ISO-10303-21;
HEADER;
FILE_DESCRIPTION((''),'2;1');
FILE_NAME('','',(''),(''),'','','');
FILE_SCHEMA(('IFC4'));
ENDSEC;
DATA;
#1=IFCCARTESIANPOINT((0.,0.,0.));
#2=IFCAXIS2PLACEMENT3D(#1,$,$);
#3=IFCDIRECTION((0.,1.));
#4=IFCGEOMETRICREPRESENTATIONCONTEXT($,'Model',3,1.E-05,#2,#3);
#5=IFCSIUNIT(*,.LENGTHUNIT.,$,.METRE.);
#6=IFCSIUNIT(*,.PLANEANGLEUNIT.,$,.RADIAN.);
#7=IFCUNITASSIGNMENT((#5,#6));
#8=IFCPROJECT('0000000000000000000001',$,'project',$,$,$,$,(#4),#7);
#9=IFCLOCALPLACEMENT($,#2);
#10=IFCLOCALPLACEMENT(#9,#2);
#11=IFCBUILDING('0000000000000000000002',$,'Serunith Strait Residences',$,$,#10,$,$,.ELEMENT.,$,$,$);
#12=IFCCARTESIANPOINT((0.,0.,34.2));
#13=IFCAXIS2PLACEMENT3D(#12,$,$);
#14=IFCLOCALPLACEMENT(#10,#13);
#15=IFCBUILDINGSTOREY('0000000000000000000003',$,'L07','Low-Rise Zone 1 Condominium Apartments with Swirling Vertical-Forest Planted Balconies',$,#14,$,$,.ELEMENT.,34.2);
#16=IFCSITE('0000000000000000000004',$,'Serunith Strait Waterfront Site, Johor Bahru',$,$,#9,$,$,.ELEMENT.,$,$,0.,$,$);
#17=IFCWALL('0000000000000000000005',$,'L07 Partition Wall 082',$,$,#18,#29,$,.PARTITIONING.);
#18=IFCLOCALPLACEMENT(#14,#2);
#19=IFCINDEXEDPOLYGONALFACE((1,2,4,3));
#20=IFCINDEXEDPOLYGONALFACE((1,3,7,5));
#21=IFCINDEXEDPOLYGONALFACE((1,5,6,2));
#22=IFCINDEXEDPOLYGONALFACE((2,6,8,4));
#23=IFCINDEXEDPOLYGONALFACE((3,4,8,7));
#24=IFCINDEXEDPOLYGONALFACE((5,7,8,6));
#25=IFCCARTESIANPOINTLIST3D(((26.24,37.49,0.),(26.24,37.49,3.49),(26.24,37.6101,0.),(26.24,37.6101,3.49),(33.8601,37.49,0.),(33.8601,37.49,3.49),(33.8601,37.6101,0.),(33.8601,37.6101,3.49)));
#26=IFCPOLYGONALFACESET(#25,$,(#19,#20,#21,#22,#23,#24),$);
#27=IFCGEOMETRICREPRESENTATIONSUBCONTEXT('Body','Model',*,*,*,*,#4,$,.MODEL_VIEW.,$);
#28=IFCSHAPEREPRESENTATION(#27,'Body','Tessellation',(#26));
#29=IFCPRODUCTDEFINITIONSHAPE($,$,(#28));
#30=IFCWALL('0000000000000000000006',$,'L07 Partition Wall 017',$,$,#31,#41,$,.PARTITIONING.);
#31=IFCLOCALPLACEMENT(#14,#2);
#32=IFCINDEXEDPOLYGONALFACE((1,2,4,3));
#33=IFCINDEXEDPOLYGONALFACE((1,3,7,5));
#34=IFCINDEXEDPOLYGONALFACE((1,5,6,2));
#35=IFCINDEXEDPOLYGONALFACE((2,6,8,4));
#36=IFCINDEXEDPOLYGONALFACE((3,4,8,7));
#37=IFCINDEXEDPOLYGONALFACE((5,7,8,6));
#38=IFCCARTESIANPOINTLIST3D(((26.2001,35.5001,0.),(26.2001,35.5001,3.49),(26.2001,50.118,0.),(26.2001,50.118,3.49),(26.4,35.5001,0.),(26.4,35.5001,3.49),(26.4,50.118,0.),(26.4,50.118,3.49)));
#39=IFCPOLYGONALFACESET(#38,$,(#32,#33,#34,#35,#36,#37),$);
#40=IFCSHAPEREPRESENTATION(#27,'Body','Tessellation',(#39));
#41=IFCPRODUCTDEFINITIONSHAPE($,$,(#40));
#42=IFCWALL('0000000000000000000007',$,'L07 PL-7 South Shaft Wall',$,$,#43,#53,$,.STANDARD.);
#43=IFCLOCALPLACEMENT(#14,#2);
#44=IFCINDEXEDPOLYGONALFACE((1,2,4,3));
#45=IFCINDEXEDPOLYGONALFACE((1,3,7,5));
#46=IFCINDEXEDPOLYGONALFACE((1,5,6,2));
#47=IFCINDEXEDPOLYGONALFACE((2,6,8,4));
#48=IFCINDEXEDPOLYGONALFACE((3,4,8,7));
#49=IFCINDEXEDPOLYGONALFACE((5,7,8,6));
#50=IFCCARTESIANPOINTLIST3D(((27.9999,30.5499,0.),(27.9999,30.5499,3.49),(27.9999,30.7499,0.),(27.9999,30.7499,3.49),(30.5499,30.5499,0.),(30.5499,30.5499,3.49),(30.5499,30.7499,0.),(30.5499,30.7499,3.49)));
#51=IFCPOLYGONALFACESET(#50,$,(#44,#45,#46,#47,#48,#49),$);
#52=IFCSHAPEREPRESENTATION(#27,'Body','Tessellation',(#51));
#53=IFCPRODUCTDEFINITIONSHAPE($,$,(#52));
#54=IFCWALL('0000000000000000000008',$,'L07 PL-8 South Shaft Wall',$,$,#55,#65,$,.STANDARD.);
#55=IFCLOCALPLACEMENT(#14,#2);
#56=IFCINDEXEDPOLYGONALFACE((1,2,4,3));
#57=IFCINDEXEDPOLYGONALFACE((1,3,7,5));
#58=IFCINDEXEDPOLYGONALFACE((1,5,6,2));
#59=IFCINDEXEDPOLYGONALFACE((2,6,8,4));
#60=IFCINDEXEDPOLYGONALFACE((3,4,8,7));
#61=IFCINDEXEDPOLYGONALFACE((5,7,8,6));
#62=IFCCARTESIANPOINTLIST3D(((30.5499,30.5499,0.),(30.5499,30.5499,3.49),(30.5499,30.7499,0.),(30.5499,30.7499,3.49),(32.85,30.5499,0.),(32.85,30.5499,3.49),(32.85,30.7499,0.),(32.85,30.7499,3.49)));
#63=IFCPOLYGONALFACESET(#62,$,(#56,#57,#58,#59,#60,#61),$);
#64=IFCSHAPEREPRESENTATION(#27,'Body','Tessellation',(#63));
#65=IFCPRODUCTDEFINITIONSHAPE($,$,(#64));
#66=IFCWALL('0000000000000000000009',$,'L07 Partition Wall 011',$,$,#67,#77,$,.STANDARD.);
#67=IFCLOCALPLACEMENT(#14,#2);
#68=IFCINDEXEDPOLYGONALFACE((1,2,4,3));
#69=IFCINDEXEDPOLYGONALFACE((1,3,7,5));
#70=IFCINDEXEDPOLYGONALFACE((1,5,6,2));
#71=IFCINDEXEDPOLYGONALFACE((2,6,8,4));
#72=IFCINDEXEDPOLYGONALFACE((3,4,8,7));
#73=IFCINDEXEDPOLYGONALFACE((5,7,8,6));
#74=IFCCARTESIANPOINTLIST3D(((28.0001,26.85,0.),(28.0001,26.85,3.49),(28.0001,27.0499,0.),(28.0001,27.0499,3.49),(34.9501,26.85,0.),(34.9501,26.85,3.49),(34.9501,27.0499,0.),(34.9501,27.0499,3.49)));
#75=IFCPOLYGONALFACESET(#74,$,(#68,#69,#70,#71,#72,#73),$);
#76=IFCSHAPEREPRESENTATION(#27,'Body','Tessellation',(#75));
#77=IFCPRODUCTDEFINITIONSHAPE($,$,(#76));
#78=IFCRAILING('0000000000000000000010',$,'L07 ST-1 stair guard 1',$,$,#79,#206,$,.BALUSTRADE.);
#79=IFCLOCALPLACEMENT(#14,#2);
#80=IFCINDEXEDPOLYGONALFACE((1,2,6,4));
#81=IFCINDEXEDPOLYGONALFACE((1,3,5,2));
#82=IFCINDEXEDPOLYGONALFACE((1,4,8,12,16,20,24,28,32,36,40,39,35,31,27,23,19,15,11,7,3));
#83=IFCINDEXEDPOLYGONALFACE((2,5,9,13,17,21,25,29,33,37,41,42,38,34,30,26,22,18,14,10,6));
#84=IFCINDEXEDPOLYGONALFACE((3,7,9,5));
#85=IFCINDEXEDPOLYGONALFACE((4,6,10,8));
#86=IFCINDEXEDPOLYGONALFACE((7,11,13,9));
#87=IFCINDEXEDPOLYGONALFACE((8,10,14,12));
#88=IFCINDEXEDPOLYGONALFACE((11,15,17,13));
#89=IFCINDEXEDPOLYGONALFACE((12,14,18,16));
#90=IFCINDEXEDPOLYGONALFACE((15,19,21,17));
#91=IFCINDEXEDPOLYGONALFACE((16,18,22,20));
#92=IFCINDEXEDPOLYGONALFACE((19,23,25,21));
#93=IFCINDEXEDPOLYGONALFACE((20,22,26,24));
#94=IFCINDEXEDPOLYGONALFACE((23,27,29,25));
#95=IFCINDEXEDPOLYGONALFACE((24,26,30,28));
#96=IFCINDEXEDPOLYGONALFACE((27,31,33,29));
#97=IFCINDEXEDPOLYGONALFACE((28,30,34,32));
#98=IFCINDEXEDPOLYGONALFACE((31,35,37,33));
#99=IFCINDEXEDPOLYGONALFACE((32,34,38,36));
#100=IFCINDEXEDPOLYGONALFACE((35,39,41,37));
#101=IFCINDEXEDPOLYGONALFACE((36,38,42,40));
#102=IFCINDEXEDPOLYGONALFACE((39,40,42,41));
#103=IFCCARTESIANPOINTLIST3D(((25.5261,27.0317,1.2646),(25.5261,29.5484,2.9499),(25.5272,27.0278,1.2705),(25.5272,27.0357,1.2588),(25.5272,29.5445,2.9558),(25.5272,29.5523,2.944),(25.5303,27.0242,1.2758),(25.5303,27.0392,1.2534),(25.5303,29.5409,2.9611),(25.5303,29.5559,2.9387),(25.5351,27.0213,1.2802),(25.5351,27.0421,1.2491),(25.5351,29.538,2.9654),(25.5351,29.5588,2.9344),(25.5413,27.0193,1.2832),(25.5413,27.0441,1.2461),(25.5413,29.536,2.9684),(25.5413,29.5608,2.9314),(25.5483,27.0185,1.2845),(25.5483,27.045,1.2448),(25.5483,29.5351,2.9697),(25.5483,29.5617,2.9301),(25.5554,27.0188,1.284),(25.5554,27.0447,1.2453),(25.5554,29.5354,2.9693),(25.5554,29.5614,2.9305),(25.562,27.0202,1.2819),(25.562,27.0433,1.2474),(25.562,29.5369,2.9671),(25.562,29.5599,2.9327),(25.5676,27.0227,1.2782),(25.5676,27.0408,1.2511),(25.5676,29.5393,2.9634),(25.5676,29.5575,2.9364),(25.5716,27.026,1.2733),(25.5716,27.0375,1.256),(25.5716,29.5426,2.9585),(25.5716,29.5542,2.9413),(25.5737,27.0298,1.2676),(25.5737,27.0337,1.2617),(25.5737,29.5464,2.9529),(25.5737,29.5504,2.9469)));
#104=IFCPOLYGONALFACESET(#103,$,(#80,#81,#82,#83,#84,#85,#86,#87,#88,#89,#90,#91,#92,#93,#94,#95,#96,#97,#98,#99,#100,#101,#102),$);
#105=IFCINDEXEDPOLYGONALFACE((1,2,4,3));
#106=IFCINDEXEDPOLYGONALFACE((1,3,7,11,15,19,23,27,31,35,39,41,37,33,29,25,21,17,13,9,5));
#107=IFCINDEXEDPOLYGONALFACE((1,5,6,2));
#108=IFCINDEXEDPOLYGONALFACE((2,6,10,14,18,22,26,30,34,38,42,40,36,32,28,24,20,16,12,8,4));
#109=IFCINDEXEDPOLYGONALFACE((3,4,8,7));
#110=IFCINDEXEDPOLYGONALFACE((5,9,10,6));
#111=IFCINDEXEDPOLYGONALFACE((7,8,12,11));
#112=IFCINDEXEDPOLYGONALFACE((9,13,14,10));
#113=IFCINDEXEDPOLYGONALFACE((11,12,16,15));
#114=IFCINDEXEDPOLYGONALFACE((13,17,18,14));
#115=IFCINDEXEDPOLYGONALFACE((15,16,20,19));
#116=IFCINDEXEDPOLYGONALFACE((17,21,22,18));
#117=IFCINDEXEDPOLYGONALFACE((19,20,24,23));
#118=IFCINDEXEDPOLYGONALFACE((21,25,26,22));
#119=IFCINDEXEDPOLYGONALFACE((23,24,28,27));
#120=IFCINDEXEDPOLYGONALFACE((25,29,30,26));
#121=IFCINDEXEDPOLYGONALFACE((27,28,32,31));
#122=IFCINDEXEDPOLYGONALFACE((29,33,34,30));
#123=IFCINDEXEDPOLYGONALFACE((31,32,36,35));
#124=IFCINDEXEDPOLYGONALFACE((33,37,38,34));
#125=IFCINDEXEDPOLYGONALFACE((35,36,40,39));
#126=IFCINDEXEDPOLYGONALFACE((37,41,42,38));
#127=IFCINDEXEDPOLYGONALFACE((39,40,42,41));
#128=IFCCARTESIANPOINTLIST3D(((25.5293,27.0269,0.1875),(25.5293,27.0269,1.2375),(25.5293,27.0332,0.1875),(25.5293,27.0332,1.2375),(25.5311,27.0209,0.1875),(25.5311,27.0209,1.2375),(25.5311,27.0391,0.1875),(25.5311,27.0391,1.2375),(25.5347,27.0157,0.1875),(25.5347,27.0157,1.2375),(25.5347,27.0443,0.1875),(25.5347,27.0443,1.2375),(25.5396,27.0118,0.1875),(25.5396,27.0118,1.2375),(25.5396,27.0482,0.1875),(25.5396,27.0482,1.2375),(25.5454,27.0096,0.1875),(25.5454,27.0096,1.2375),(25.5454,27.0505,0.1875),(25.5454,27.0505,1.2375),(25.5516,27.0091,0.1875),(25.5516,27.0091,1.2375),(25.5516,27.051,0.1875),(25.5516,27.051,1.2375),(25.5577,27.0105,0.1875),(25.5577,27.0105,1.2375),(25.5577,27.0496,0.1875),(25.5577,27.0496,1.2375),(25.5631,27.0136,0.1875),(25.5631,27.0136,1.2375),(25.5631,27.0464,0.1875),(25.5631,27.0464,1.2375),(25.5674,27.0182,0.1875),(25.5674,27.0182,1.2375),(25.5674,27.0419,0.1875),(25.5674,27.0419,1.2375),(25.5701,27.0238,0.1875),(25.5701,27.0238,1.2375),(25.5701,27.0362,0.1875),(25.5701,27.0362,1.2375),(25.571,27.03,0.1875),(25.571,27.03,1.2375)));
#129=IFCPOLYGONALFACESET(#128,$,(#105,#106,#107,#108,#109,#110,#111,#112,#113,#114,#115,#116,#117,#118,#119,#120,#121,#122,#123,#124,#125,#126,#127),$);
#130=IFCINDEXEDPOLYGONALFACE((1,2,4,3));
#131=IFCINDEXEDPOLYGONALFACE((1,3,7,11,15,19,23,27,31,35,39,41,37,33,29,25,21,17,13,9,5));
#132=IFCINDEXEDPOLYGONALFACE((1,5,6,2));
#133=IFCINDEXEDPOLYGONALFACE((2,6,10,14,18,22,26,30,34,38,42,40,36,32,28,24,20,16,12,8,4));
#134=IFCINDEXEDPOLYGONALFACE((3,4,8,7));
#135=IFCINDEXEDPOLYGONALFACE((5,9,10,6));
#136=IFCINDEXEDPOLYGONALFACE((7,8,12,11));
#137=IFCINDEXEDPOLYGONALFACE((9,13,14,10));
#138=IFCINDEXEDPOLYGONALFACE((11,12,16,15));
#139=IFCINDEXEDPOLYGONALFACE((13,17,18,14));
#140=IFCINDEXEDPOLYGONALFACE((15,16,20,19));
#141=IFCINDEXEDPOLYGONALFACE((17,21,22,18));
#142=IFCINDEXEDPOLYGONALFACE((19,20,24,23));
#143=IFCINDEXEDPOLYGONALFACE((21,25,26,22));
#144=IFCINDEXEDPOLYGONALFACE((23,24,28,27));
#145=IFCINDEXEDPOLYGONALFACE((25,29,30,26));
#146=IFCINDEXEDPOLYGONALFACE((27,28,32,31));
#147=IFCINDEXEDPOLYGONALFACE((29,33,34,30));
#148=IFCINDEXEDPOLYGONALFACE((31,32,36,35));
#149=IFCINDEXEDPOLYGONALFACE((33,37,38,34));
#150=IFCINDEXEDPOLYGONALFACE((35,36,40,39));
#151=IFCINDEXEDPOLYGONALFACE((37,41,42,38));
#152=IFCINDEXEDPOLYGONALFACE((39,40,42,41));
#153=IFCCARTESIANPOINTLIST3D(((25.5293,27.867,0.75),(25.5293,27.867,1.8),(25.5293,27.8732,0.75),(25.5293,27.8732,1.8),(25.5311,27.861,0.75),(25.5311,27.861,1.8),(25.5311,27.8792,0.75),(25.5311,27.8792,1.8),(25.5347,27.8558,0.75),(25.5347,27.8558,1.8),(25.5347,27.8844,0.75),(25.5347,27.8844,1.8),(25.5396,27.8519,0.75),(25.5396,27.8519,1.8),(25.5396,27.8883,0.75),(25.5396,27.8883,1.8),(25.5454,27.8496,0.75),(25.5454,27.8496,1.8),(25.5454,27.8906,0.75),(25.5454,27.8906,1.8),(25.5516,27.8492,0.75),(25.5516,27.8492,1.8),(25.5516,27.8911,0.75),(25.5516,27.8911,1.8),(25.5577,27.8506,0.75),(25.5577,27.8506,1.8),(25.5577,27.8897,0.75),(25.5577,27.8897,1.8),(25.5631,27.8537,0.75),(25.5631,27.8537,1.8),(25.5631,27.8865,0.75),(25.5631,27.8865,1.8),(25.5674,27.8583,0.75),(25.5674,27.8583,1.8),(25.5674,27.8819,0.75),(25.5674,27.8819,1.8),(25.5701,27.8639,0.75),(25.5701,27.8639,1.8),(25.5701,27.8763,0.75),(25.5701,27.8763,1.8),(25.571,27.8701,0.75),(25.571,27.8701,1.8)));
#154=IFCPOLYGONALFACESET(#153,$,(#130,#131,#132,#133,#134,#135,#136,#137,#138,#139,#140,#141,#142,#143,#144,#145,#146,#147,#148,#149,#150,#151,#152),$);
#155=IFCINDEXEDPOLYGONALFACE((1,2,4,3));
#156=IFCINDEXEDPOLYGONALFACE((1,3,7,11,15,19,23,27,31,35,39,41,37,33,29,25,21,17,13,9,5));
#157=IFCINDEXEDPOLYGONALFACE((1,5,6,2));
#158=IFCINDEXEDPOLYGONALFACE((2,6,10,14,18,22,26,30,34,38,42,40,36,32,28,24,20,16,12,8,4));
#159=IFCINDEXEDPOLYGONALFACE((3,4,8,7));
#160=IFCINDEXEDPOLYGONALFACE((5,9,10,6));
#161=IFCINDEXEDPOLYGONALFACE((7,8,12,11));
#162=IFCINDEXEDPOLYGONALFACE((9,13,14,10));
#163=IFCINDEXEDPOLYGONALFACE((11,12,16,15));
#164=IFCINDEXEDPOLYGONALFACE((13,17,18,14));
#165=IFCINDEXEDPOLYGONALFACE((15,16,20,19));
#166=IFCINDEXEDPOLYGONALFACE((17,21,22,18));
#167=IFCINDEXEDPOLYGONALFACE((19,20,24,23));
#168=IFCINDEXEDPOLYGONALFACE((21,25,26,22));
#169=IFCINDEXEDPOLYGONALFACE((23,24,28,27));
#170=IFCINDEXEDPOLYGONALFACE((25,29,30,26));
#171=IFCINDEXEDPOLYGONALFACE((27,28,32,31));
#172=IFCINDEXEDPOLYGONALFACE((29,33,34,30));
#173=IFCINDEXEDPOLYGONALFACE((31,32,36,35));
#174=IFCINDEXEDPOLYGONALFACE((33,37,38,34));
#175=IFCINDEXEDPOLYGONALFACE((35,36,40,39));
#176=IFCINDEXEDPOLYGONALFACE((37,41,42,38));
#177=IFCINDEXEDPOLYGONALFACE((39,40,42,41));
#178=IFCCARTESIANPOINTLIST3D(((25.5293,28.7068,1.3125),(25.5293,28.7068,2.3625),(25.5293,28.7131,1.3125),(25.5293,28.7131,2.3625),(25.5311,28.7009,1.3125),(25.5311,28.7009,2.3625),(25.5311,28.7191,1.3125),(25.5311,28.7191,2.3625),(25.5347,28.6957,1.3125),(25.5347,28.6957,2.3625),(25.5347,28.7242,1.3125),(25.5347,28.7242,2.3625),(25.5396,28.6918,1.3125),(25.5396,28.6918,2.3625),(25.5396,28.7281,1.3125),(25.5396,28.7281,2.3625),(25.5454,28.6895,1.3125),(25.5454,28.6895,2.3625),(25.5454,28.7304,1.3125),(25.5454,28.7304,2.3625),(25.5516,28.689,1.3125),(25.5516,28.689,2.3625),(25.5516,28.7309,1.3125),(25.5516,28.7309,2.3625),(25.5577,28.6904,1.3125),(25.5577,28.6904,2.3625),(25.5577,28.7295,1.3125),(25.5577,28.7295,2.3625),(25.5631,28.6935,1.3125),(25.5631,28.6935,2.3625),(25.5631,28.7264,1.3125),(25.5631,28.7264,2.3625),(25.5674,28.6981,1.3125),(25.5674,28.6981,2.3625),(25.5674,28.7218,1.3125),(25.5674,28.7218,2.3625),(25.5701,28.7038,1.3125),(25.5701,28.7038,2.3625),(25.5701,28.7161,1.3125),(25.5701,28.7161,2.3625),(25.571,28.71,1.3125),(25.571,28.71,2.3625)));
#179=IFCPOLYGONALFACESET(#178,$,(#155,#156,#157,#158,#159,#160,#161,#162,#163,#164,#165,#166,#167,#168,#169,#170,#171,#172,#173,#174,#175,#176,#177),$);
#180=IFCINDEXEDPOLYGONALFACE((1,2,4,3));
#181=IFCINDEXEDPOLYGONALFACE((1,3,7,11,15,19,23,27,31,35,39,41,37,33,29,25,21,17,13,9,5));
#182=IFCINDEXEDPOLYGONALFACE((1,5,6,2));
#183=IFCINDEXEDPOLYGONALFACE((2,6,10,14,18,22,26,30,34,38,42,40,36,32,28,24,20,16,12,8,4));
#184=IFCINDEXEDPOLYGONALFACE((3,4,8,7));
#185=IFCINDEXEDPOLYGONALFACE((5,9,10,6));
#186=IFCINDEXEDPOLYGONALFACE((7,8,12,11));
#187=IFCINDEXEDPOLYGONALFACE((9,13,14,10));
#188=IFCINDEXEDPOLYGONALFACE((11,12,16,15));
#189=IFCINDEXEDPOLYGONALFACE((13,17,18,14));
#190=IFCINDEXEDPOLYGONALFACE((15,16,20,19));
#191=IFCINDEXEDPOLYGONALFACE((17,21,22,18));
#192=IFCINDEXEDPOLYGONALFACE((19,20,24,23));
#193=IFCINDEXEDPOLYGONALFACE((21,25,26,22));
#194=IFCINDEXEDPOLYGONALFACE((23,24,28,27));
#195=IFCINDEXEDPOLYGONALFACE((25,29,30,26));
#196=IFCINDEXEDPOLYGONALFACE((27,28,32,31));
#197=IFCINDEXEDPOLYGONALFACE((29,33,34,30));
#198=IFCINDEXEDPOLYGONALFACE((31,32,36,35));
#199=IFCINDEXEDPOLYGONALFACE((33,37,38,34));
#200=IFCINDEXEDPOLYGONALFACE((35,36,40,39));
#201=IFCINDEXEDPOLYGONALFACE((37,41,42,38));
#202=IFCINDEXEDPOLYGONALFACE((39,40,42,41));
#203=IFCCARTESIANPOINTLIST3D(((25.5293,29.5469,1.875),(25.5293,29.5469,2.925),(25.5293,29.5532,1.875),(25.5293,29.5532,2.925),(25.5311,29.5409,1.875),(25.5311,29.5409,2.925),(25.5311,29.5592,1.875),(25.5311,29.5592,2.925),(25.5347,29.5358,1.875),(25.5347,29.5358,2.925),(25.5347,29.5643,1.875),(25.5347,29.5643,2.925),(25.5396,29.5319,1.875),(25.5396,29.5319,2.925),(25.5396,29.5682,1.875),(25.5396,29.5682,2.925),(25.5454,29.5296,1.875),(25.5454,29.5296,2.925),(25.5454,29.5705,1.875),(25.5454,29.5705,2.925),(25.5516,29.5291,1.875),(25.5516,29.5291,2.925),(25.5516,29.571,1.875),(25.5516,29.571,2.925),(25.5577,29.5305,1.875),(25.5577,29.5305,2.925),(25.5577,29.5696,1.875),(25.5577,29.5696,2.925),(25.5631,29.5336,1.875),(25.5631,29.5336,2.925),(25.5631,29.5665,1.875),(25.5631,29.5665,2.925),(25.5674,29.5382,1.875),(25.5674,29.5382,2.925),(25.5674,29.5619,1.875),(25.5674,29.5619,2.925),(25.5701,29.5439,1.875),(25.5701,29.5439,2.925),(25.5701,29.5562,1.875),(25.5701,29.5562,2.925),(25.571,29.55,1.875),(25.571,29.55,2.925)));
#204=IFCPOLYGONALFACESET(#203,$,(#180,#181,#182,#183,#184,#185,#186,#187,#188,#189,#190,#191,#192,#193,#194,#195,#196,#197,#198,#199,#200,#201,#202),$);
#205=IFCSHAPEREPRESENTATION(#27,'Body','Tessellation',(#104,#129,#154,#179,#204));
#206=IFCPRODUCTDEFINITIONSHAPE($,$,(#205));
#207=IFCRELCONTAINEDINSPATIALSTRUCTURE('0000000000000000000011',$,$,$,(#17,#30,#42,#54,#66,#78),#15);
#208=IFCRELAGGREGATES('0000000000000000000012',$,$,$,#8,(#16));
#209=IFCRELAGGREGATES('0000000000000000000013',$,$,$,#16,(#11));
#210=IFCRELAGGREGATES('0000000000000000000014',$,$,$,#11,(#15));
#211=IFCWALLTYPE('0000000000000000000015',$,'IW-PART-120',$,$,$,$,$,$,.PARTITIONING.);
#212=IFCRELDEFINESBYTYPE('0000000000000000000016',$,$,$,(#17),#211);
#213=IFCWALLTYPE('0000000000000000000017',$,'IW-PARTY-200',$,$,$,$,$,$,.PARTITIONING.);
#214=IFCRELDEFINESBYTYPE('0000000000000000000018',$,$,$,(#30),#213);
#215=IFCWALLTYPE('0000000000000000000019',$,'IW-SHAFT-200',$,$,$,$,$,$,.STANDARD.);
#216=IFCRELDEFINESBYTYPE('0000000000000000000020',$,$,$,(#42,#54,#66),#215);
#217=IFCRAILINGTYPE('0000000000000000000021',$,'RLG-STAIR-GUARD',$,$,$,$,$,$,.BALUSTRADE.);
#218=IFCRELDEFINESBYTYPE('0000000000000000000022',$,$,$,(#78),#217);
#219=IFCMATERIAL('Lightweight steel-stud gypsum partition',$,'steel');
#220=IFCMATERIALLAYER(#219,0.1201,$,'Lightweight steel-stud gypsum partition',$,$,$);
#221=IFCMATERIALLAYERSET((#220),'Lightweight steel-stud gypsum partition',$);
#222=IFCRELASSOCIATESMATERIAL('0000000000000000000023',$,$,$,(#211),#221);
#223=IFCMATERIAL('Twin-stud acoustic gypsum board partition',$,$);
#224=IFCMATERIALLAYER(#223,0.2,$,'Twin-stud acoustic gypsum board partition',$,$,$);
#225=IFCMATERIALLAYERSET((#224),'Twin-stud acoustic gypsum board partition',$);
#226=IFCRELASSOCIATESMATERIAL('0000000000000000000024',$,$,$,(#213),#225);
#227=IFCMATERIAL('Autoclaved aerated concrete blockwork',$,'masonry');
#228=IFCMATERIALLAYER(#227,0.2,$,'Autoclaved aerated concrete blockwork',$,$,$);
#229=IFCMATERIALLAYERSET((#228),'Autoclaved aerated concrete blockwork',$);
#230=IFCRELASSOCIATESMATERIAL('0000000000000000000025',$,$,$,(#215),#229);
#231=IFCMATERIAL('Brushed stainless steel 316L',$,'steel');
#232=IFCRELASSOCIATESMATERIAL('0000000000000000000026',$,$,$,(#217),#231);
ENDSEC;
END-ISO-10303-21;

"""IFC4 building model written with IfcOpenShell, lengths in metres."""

from ifc_helpers import new_model, si_unit, direction, frame, frame_2d, origin, origin_2d, place, context, subcontext, project, spatial, rectangle, circle, extrude, material, layer, layer_set, type_object, element, save


model = new_model("IFC4")

# Units and contexts
model_context = context("Model", 3, precision=1e-05, world=origin(), true_north=direction((0.0, 1.0)))
body_context = subcontext(model_context, "Body", "Model", "MODEL_VIEW")
ifc_project = project(units=[si_unit("LENGTHUNIT", "METRE"), si_unit("PLANEANGLEUNIT", "RADIAN")], contexts=[model_context])

# Site, building, storey
site_placement = place(None, origin())
site = spatial("IfcSite", under=ifc_project, at=site_placement, Name="Serunith Strait Waterfront Site, Johor Bahru", CompositionType="ELEMENT", RefElevation=0.0)
building_placement = place(site_placement, origin())
building = spatial("IfcBuilding", under=site, at=building_placement, Name="Serunith Strait Residences", CompositionType="ELEMENT")
storey_placement = place(building_placement, frame((0.0, 0.0, 34.2)))
storey = spatial("IfcBuildingStorey", under=building, at=storey_placement, Name="L07", Description="Low-Rise Zone 1 Condominium Apartments with Swirling Vertical-Forest Planted Balconies", CompositionType="ELEMENT", Elevation=34.2)

# Walls
ifc_material_1 = material(Name="Lightweight steel-stud gypsum partition", Category="steel")
ifc_layer_1 = layer(ifc_material_1, 0.1201, Name="Lightweight steel-stud gypsum partition")
ifc_layer_set_1 = layer_set([ifc_layer_1], Name="Lightweight steel-stud gypsum partition")
wall_type_1 = type_object("IfcWallType", Name="IW-PART-120", PredefinedType="PARTITIONING", material=ifc_layer_set_1)
wall_1_placement = place(storey_placement, frame((26.24, 37.55, 0.0), z_axis=(0.0, 0.0, 1.0), x_axis=(1.0, 0.0, 0.0)))
element("IfcWall", 1, at=wall_1_placement, inside=storey, type_object=wall_type_1, Name="L07 Partition Wall 082", PredefinedType="PARTITIONING", context=body_context, shape_type="SweptSolid", body=[
    extrude(rectangle(XDim=7.6201, YDim=0.1201, at=frame_2d((3.8101, 0.0))), origin(), (0.0, 0.0, 1.0), 3.49),
])
ifc_material_2 = material(Name="Twin-stud acoustic gypsum board partition")
ifc_layer_2 = layer(ifc_material_2, 0.2, Name="Twin-stud acoustic gypsum board partition")
ifc_layer_set_2 = layer_set([ifc_layer_2], Name="Twin-stud acoustic gypsum board partition")
wall_type_2 = type_object("IfcWallType", Name="IW-PARTY-200", PredefinedType="PARTITIONING", material=ifc_layer_set_2)
wall_2_placement = place(storey_placement, frame((26.3, 35.5, 0.0), z_axis=(0.0, 0.0, 1.0), x_axis=(0.0, 1.0, 0.0)))
element("IfcWall", 2, at=wall_2_placement, inside=storey, type_object=wall_type_2, Name="L07 Partition Wall 017", PredefinedType="PARTITIONING", context=body_context, shape_type="SweptSolid", body=[
    extrude(rectangle(XDim=14.6179, YDim=0.2, at=frame_2d((7.3091, 0.0))), origin(), (0.0, 0.0, 1.0), 3.49),
])
ifc_material_3 = material(Name="Autoclaved aerated concrete blockwork", Category="masonry")
ifc_layer_3 = layer(ifc_material_3, 0.2, Name="Autoclaved aerated concrete blockwork")
ifc_layer_set_3 = layer_set([ifc_layer_3], Name="Autoclaved aerated concrete blockwork")
wall_type_3 = type_object("IfcWallType", Name="IW-SHAFT-200", PredefinedType="STANDARD", material=ifc_layer_set_3)
wall_3_placement = place(storey_placement, frame((28.0, 30.6499, 0.0), z_axis=(0.0, 0.0, 1.0), x_axis=(1.0, 0.0, 0.0)))
element("IfcWall", 3, at=wall_3_placement, inside=storey, type_object=wall_type_3, Name="L07 PL-7 South Shaft Wall", PredefinedType="STANDARD", context=body_context, shape_type="SweptSolid", body=[
    extrude(rectangle(XDim=2.55, YDim=0.2, at=frame_2d((1.2749, 0.0))), origin(), (0.0, 0.0, 1.0), 3.49),
])
wall_4_placement = place(storey_placement, frame((30.55, 30.6499, 0.0), z_axis=(0.0, 0.0, 1.0), x_axis=(1.0, 0.0, 0.0)))
element("IfcWall", 4, at=wall_4_placement, inside=storey, type_object=wall_type_3, Name="L07 PL-8 South Shaft Wall", PredefinedType="STANDARD", context=body_context, shape_type="SweptSolid", body=[
    extrude(rectangle(XDim=2.3, YDim=0.2, at=frame_2d((1.1499, 0.0))), origin(), (0.0, 0.0, 1.0), 3.49),
])
wall_5_placement = place(storey_placement, frame((28.0, 26.95, 0.0), z_axis=(0.0, 0.0, 1.0), x_axis=(1.0, 0.0, 0.0)))
element("IfcWall", 5, at=wall_5_placement, inside=storey, type_object=wall_type_3, Name="L07 Partition Wall 011", PredefinedType="STANDARD", context=body_context, shape_type="SweptSolid", body=[
    extrude(rectangle(XDim=6.95, YDim=0.2, at=frame_2d((3.4751, 0.0))), origin(), (0.0, 0.0, 1.0), 3.49),
])

# Railing
ifc_material_4 = material(Name="Brushed stainless steel 316L", Category="steel")
railing_type_1 = type_object("IfcRailingType", Name="RLG-STAIR-GUARD", PredefinedType="BALUSTRADE", material=ifc_material_4)
railing_1_placement = place(storey_placement, frame((25.55, 27.03, 0.1875)))
element("IfcRailing", 6, at=railing_1_placement, inside=storey, type_object=railing_type_1, Name="L07 ST-1 stair guard 1", PredefinedType="BALUSTRADE", context=body_context, shape_type="SweptSolid", body=[
    extrude(circle(Radius=0.0239, at=origin_2d()), frame((0.0, 0.0017, 1.0771), z_axis=(0.0, 0.830909, 0.556408), x_axis=(-1.0, 0.0, 0.0)), (0.0, 0.0, 1.0), 3.0288),
    extrude(circle(Radius=0.021, at=origin_2d()), origin(), (0.0, 0.0, 1.0), 1.05),
    extrude(circle(Radius=0.021, at=origin_2d()), frame((0.0, 0.8401, 0.5625)), (0.0, 0.0, 1.0), 1.05),
    extrude(circle(Radius=0.021, at=origin_2d()), frame((0.0, 1.6799, 1.125)), (0.0, 0.0, 1.0), 1.05),
    extrude(circle(Radius=0.021, at=origin_2d()), frame((0.0, 2.52, 1.6875)), (0.0, 0.0, 1.0), 1.05),
])

save(model, "model.ifc")
